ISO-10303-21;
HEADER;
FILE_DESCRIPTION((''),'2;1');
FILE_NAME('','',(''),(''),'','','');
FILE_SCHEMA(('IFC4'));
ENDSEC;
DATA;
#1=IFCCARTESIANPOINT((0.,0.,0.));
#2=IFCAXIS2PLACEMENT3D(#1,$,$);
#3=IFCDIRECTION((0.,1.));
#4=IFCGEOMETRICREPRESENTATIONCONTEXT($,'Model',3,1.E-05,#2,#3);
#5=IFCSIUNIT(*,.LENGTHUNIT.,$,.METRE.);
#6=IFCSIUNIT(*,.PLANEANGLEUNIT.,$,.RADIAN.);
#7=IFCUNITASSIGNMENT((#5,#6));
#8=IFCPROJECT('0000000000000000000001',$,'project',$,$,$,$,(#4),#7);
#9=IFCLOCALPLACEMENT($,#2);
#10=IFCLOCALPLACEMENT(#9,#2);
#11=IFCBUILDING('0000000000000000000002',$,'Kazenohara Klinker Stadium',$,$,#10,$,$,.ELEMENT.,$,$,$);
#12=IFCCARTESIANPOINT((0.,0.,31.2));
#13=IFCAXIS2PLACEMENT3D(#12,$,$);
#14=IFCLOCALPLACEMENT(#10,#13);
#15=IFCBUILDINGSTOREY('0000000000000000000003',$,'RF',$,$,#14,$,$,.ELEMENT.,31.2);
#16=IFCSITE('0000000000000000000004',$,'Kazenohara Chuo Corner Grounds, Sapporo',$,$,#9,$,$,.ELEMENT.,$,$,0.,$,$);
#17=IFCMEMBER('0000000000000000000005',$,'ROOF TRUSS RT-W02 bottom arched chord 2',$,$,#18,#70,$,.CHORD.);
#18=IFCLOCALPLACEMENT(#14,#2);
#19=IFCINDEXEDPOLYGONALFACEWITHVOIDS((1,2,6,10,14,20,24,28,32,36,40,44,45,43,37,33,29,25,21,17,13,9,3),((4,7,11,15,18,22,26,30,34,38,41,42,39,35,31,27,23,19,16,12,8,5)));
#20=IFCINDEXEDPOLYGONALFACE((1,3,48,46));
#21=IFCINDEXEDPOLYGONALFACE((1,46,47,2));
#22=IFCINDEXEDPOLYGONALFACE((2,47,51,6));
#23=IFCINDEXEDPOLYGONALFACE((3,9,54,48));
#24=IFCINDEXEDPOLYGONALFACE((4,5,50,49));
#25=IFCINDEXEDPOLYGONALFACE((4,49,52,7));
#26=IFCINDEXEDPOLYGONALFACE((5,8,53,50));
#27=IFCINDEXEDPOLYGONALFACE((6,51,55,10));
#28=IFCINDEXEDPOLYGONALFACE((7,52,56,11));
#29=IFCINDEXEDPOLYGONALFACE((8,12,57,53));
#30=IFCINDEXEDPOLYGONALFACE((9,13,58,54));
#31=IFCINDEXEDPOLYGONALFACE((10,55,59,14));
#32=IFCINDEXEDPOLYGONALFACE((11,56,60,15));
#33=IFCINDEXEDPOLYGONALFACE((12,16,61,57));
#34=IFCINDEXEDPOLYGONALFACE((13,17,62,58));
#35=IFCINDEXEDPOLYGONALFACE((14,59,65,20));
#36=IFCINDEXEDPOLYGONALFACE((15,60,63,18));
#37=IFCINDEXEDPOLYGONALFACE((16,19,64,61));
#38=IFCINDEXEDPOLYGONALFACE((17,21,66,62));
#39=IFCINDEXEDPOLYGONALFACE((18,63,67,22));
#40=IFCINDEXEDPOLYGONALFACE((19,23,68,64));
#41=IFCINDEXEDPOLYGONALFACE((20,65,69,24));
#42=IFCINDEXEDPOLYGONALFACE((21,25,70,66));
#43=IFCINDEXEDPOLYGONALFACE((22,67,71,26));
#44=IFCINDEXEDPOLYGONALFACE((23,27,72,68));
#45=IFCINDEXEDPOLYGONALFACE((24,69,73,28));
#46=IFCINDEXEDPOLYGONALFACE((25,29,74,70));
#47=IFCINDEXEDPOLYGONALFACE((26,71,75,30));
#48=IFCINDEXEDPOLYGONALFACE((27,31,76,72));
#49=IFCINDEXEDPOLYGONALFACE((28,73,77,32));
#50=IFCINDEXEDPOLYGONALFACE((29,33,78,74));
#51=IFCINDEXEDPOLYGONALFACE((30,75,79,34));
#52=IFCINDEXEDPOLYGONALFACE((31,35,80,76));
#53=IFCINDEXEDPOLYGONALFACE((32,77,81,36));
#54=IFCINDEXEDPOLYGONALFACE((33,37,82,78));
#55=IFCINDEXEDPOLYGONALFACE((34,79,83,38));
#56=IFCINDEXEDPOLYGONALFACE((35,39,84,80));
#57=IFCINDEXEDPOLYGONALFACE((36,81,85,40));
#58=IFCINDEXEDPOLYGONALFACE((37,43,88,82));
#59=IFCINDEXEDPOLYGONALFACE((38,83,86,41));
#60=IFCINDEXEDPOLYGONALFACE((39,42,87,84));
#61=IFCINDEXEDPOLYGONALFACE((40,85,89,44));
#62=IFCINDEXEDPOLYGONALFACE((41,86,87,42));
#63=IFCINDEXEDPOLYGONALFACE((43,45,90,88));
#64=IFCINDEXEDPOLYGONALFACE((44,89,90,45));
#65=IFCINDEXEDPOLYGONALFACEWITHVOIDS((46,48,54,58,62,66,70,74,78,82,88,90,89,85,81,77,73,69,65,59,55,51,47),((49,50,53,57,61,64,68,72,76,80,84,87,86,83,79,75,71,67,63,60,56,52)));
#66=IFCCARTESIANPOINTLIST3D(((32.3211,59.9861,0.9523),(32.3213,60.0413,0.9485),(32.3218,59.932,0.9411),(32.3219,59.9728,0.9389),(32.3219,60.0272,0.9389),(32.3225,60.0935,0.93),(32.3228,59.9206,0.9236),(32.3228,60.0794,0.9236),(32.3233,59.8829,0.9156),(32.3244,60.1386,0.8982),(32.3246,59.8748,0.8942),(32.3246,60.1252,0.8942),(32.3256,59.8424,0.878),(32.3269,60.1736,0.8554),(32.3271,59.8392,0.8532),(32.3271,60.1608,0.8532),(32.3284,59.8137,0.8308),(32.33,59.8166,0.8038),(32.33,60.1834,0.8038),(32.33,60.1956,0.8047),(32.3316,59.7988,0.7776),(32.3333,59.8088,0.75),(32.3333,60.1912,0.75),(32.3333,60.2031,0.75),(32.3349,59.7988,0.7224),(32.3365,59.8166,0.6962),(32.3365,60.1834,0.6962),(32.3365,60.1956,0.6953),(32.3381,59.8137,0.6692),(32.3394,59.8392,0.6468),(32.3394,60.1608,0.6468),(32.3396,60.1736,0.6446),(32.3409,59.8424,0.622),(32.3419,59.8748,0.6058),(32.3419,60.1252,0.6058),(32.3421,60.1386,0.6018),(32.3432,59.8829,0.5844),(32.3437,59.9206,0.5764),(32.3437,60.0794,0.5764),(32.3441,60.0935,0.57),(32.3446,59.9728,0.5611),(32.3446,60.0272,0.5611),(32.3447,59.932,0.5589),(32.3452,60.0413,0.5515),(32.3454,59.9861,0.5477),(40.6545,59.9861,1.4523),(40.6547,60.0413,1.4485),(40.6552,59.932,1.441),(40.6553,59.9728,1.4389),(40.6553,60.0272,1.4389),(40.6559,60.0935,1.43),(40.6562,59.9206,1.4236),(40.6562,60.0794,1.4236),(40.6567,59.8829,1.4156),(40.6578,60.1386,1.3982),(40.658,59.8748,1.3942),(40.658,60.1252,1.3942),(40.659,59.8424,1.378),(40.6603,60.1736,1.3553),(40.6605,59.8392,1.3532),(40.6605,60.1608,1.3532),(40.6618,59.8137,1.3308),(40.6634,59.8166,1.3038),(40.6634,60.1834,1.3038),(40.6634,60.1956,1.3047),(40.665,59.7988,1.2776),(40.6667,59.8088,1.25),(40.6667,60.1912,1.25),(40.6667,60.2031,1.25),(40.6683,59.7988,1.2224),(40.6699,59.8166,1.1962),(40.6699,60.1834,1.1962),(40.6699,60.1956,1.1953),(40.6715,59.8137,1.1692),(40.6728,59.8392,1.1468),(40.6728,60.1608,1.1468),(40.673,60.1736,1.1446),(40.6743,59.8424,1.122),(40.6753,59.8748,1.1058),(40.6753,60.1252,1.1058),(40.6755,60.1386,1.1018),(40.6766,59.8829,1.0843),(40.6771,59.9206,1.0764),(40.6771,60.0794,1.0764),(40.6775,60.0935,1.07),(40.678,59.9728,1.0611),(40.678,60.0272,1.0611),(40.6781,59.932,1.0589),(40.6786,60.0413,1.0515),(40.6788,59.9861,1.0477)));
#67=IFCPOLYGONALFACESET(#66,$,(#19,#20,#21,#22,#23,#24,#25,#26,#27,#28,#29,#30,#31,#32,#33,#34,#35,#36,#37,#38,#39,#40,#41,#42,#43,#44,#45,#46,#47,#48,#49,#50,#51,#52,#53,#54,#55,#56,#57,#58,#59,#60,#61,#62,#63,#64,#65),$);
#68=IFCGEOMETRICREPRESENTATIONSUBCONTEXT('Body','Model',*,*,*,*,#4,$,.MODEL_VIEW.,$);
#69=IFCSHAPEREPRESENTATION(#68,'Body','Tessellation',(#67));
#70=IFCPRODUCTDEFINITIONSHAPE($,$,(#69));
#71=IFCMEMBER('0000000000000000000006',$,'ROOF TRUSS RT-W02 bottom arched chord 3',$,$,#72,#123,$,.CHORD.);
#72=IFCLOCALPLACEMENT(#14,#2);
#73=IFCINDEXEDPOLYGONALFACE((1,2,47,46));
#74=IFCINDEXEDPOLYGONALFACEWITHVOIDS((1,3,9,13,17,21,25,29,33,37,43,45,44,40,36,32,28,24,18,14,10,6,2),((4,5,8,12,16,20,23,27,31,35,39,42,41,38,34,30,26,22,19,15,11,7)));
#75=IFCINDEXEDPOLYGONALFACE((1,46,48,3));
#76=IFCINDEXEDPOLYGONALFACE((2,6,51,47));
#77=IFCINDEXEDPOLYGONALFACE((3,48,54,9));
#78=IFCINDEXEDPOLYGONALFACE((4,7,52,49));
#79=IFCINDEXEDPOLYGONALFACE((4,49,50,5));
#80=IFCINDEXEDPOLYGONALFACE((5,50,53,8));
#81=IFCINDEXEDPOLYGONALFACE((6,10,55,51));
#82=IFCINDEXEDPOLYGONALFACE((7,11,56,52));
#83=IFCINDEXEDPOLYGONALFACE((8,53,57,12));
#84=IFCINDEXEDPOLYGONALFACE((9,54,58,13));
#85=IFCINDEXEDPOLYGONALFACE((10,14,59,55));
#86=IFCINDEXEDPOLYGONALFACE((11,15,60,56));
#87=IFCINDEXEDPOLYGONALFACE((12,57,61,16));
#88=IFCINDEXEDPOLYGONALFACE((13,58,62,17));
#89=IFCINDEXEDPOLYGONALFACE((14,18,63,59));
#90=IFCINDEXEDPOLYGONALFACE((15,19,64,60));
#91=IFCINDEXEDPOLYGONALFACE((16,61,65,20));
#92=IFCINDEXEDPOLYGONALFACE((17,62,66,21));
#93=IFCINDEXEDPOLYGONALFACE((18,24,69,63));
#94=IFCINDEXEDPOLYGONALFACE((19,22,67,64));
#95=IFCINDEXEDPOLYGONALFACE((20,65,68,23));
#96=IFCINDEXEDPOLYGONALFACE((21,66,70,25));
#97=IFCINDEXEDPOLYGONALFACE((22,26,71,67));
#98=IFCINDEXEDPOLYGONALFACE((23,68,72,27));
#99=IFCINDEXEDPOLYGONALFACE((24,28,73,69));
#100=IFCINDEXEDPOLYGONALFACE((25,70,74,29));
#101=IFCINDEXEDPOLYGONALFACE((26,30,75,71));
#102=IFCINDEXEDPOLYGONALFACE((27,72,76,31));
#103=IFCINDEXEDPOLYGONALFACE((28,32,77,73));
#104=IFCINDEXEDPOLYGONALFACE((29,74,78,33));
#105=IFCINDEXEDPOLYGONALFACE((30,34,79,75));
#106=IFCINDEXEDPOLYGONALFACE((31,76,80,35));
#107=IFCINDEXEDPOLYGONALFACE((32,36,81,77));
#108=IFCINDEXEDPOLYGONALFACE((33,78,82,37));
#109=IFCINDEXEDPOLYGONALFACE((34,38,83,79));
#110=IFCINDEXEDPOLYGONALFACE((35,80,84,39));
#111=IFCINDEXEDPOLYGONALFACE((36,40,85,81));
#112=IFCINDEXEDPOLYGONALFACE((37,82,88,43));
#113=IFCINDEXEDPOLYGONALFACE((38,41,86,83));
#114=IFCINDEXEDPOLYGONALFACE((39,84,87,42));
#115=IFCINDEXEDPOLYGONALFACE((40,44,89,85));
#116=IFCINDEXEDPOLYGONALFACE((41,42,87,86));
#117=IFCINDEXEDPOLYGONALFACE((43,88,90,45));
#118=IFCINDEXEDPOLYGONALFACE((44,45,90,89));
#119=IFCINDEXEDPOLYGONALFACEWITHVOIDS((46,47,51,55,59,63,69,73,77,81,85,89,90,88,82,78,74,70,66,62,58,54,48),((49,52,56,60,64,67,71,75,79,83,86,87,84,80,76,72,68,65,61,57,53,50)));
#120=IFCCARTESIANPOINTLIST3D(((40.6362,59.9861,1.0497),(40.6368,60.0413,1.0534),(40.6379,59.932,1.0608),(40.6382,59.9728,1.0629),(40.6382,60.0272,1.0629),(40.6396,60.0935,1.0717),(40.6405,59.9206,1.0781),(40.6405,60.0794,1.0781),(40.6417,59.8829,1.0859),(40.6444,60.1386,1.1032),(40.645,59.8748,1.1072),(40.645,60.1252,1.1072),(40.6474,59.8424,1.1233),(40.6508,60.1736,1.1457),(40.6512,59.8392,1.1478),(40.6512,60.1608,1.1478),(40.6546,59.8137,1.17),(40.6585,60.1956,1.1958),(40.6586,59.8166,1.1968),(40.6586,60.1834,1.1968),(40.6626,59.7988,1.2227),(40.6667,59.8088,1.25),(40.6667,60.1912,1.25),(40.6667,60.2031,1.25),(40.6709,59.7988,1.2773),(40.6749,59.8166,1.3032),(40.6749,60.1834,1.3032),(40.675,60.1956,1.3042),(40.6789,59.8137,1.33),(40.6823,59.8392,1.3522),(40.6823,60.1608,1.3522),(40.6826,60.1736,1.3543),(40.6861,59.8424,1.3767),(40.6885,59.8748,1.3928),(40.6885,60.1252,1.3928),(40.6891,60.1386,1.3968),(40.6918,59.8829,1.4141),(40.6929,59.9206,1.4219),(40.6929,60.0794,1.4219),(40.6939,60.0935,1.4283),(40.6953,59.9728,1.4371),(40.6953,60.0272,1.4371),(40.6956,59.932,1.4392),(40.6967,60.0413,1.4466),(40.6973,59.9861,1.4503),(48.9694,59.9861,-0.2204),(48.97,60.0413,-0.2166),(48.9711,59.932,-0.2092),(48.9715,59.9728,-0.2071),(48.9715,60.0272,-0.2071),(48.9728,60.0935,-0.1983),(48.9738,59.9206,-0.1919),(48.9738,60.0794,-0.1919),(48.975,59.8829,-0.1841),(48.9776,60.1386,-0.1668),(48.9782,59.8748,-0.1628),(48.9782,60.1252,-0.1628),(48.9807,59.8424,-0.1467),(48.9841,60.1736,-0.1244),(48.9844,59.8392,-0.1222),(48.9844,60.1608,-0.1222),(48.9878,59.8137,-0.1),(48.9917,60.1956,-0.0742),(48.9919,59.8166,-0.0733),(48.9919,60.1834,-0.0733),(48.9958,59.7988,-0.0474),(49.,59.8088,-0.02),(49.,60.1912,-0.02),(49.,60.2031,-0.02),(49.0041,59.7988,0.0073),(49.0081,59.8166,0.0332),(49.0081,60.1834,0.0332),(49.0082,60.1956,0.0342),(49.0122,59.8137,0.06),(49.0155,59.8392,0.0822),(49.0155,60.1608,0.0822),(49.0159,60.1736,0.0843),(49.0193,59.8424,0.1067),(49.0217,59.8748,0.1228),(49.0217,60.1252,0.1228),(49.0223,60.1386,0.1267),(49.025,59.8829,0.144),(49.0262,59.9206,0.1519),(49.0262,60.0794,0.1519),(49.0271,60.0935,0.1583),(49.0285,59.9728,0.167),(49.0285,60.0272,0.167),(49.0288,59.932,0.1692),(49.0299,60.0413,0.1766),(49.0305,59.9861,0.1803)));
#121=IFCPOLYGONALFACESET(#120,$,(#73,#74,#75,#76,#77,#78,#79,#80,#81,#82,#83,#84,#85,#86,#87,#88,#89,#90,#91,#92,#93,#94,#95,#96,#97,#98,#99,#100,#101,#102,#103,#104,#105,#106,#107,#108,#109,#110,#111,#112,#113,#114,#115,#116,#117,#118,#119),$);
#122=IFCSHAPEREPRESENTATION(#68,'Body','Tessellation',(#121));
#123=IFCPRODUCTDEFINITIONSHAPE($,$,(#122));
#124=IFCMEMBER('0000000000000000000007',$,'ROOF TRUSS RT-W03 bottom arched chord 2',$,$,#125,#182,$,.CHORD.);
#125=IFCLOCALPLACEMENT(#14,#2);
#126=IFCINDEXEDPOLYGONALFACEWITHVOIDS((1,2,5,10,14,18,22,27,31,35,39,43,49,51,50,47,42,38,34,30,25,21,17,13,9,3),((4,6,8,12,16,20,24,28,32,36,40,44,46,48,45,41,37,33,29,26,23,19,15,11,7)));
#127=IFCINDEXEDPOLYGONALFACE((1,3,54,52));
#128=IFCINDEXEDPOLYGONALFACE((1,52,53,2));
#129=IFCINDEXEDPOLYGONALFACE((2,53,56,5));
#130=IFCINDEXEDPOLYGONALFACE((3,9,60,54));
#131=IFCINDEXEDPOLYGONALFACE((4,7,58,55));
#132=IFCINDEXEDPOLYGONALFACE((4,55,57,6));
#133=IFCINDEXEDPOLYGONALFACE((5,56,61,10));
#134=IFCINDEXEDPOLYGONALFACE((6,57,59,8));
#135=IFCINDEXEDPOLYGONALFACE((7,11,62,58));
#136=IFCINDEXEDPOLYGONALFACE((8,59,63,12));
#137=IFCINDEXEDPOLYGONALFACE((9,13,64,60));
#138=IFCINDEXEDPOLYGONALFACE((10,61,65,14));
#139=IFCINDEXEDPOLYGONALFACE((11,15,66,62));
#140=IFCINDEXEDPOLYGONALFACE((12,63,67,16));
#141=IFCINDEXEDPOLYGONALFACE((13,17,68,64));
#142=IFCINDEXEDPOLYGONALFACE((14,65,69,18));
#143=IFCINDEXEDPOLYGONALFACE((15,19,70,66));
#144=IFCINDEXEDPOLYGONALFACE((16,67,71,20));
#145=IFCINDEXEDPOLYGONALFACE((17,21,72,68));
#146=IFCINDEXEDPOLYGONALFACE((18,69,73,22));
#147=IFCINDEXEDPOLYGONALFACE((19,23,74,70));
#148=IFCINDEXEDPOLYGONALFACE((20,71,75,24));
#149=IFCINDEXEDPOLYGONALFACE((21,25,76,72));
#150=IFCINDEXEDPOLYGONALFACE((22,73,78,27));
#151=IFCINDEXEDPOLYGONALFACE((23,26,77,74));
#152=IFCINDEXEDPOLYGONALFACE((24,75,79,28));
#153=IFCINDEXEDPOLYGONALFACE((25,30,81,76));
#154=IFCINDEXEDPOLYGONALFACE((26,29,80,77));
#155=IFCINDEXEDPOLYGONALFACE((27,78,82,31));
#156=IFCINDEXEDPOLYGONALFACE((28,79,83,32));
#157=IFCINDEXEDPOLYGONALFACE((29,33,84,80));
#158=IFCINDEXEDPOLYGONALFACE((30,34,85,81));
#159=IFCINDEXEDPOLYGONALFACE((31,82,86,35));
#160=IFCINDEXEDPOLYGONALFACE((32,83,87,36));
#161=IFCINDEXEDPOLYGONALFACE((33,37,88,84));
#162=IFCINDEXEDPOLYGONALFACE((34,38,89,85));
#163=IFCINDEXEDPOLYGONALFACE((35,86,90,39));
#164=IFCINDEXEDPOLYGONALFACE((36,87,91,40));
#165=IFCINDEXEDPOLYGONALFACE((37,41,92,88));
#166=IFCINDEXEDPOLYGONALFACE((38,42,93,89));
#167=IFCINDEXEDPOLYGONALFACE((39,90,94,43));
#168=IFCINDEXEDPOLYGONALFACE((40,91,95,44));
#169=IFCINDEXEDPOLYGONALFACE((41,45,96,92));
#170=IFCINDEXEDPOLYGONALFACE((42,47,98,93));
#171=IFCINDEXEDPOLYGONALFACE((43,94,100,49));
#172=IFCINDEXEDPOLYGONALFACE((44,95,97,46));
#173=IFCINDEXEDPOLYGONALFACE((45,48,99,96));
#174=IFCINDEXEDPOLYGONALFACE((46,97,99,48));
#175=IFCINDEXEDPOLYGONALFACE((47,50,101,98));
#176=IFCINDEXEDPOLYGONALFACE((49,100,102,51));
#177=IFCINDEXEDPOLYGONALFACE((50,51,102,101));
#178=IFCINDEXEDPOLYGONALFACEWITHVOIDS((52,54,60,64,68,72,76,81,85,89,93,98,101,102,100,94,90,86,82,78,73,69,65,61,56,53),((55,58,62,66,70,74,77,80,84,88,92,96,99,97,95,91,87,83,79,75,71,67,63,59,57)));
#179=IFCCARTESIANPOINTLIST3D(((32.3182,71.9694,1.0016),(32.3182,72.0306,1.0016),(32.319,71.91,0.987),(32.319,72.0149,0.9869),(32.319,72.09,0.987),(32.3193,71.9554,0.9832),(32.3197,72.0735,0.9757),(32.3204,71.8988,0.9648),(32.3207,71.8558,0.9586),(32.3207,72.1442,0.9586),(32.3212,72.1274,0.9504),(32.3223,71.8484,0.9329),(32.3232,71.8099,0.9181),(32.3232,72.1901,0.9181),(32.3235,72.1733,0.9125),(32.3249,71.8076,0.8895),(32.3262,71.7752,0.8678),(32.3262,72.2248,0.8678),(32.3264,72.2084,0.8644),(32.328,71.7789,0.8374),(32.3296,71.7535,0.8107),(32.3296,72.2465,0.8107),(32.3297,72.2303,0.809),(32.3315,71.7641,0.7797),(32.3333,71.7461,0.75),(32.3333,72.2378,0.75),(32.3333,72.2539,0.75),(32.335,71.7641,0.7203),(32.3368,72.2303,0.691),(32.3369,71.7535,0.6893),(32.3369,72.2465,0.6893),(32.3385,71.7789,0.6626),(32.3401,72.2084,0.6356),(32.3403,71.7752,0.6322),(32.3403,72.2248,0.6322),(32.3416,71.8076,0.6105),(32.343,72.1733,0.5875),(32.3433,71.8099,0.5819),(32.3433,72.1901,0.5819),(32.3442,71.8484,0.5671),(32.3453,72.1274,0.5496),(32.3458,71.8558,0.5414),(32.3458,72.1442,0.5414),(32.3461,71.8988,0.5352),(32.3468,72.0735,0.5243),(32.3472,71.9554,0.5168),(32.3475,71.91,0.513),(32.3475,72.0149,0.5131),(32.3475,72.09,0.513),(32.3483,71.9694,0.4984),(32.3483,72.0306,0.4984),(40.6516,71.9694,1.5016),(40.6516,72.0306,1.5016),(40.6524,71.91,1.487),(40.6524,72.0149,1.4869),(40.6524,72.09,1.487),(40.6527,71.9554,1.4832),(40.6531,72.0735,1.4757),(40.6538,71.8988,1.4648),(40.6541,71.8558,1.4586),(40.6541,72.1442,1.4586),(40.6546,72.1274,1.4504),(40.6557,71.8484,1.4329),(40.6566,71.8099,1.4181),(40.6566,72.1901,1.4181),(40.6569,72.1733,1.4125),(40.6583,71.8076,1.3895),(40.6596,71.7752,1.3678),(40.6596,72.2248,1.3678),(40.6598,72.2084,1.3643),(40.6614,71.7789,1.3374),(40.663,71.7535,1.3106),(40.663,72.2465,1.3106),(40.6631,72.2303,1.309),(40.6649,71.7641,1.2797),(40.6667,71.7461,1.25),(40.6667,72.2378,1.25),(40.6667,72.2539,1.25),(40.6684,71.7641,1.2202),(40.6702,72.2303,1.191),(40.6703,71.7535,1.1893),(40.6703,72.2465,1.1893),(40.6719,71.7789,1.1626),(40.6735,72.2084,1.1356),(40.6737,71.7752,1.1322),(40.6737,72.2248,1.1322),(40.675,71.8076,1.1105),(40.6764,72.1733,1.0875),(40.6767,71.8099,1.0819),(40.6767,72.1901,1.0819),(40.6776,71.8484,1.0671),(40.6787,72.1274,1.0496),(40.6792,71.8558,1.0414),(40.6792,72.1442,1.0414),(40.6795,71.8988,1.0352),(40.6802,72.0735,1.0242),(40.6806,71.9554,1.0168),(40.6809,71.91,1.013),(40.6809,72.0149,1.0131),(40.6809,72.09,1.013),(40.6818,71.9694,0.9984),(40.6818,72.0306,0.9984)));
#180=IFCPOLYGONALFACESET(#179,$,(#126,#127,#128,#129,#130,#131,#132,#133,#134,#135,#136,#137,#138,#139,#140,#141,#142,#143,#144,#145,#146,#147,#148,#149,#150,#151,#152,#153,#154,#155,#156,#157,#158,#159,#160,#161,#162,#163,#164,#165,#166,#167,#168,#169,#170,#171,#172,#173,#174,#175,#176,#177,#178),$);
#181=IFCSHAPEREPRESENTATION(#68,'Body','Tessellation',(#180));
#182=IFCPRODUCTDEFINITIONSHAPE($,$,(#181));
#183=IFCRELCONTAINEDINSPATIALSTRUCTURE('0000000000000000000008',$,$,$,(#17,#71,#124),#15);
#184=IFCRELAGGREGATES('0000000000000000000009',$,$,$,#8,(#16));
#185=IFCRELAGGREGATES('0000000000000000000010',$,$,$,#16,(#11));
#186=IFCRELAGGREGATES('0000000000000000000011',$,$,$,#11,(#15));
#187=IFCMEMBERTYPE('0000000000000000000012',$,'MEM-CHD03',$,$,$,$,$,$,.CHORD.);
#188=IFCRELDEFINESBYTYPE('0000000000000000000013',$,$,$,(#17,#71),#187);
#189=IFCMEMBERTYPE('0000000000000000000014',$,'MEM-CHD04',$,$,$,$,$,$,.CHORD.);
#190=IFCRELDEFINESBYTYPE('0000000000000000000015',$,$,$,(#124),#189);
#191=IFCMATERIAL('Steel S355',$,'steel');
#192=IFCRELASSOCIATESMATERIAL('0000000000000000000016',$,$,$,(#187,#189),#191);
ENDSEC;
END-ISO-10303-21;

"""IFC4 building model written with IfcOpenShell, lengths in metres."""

from ifc_helpers import new_model, si_unit, direction, frame, origin, origin_2d, place, context, subcontext, project, spatial, hollow_circle, extrude, material, material_profile, profile_set, type_object, element, save


model = new_model("IFC4")

# Units and contexts
model_context = context("Model", 3, precision=1e-05, world=origin(), true_north=direction((0.0, 1.0)))
body_context = subcontext(model_context, "Body", "Model", "MODEL_VIEW")
ifc_project = project(units=[si_unit("LENGTHUNIT", "METRE"), si_unit("PLANEANGLEUNIT", "RADIAN")], contexts=[model_context])

# Site, building, storey
site_placement = place(None, origin())
site = spatial("IfcSite", under=ifc_project, at=site_placement, Name="Kazenohara Chuo Corner Grounds, Sapporo", CompositionType="ELEMENT", RefElevation=0.0)
building_placement = place(site_placement, origin())
building = spatial("IfcBuilding", under=site, at=building_placement, Name="Kazenohara Klinker Stadium", CompositionType="ELEMENT")
storey_placement = place(building_placement, frame((0.0, 0.0, 31.2)))
storey = spatial("IfcBuildingStorey", under=building, at=storey_placement, Name="RF", CompositionType="ELEMENT", Elevation=31.2)

# Members
ifc_material_1 = material(Name="Steel S355", Category="steel")
ifc_material_profile_1 = material_profile(ifc_material_1, hollow_circle(Radius=0.2031, WallThickness=0.012, at=origin_2d()), Name="CHS-406.4x12")
ifc_profile_set_1 = profile_set([ifc_material_profile_1], Name="Steel S355")
member_type_1 = type_object("IfcMemberType", Name="MEM-CHD03", PredefinedType="CHORD", material=ifc_profile_set_1)
member_1_placement = place(storey_placement, frame((32.3333, 60.0, 0.75), z_axis=(0.998205, 0.0, 0.059891), x_axis=(0.0, 1.0, 0.0)))
element("IfcMember", 1, at=member_1_placement, inside=storey, type_object=member_type_1, Name="ROOF TRUSS RT-W02 bottom arched chord 2", PredefinedType="CHORD", context=body_context, shape_type="SweptSolid", body=[
    extrude(hollow_circle(Radius=0.2031, WallThickness=0.012, at=origin_2d()), origin(), (0.0, 0.0, 1.0), 8.3484),
])
member_2_placement = place(storey_placement, frame((40.6667, 60.0, 1.25), z_axis=(0.988585, 0.0, -0.150664), x_axis=(0.0, 1.0, 0.0)))
element("IfcMember", 2, at=member_2_placement, inside=storey, type_object=member_type_1, Name="ROOF TRUSS RT-W02 bottom arched chord 3", PredefinedType="CHORD", context=body_context, shape_type="SweptSolid", body=[
    extrude(hollow_circle(Radius=0.2031, WallThickness=0.012, at=origin_2d()), origin(), (0.0, 0.0, 1.0), 8.4294),
])
ifc_material_profile_2 = material_profile(ifc_material_1, hollow_circle(Radius=0.2539, WallThickness=0.0161, at=origin_2d()), Name="CHS-508.0x16")
ifc_profile_set_2 = profile_set([ifc_material_profile_2], Name="Steel S355")
member_type_2 = type_object("IfcMemberType", Name="MEM-CHD04", PredefinedType="CHORD", material=ifc_profile_set_2)
member_3_placement = place(storey_placement, frame((32.3333, 72.0, 0.75), z_axis=(0.998205, 0.0, 0.059891), x_axis=(0.0, 1.0, 0.0)))
element("IfcMember", 3, at=member_3_placement, inside=storey, type_object=member_type_2, Name="ROOF TRUSS RT-W03 bottom arched chord 2", PredefinedType="CHORD", context=body_context, shape_type="SweptSolid", body=[
    extrude(hollow_circle(Radius=0.2539, WallThickness=0.0161, at=origin_2d()), origin(), (0.0, 0.0, 1.0), 8.3484),
])

save(model, "model.ifc")
